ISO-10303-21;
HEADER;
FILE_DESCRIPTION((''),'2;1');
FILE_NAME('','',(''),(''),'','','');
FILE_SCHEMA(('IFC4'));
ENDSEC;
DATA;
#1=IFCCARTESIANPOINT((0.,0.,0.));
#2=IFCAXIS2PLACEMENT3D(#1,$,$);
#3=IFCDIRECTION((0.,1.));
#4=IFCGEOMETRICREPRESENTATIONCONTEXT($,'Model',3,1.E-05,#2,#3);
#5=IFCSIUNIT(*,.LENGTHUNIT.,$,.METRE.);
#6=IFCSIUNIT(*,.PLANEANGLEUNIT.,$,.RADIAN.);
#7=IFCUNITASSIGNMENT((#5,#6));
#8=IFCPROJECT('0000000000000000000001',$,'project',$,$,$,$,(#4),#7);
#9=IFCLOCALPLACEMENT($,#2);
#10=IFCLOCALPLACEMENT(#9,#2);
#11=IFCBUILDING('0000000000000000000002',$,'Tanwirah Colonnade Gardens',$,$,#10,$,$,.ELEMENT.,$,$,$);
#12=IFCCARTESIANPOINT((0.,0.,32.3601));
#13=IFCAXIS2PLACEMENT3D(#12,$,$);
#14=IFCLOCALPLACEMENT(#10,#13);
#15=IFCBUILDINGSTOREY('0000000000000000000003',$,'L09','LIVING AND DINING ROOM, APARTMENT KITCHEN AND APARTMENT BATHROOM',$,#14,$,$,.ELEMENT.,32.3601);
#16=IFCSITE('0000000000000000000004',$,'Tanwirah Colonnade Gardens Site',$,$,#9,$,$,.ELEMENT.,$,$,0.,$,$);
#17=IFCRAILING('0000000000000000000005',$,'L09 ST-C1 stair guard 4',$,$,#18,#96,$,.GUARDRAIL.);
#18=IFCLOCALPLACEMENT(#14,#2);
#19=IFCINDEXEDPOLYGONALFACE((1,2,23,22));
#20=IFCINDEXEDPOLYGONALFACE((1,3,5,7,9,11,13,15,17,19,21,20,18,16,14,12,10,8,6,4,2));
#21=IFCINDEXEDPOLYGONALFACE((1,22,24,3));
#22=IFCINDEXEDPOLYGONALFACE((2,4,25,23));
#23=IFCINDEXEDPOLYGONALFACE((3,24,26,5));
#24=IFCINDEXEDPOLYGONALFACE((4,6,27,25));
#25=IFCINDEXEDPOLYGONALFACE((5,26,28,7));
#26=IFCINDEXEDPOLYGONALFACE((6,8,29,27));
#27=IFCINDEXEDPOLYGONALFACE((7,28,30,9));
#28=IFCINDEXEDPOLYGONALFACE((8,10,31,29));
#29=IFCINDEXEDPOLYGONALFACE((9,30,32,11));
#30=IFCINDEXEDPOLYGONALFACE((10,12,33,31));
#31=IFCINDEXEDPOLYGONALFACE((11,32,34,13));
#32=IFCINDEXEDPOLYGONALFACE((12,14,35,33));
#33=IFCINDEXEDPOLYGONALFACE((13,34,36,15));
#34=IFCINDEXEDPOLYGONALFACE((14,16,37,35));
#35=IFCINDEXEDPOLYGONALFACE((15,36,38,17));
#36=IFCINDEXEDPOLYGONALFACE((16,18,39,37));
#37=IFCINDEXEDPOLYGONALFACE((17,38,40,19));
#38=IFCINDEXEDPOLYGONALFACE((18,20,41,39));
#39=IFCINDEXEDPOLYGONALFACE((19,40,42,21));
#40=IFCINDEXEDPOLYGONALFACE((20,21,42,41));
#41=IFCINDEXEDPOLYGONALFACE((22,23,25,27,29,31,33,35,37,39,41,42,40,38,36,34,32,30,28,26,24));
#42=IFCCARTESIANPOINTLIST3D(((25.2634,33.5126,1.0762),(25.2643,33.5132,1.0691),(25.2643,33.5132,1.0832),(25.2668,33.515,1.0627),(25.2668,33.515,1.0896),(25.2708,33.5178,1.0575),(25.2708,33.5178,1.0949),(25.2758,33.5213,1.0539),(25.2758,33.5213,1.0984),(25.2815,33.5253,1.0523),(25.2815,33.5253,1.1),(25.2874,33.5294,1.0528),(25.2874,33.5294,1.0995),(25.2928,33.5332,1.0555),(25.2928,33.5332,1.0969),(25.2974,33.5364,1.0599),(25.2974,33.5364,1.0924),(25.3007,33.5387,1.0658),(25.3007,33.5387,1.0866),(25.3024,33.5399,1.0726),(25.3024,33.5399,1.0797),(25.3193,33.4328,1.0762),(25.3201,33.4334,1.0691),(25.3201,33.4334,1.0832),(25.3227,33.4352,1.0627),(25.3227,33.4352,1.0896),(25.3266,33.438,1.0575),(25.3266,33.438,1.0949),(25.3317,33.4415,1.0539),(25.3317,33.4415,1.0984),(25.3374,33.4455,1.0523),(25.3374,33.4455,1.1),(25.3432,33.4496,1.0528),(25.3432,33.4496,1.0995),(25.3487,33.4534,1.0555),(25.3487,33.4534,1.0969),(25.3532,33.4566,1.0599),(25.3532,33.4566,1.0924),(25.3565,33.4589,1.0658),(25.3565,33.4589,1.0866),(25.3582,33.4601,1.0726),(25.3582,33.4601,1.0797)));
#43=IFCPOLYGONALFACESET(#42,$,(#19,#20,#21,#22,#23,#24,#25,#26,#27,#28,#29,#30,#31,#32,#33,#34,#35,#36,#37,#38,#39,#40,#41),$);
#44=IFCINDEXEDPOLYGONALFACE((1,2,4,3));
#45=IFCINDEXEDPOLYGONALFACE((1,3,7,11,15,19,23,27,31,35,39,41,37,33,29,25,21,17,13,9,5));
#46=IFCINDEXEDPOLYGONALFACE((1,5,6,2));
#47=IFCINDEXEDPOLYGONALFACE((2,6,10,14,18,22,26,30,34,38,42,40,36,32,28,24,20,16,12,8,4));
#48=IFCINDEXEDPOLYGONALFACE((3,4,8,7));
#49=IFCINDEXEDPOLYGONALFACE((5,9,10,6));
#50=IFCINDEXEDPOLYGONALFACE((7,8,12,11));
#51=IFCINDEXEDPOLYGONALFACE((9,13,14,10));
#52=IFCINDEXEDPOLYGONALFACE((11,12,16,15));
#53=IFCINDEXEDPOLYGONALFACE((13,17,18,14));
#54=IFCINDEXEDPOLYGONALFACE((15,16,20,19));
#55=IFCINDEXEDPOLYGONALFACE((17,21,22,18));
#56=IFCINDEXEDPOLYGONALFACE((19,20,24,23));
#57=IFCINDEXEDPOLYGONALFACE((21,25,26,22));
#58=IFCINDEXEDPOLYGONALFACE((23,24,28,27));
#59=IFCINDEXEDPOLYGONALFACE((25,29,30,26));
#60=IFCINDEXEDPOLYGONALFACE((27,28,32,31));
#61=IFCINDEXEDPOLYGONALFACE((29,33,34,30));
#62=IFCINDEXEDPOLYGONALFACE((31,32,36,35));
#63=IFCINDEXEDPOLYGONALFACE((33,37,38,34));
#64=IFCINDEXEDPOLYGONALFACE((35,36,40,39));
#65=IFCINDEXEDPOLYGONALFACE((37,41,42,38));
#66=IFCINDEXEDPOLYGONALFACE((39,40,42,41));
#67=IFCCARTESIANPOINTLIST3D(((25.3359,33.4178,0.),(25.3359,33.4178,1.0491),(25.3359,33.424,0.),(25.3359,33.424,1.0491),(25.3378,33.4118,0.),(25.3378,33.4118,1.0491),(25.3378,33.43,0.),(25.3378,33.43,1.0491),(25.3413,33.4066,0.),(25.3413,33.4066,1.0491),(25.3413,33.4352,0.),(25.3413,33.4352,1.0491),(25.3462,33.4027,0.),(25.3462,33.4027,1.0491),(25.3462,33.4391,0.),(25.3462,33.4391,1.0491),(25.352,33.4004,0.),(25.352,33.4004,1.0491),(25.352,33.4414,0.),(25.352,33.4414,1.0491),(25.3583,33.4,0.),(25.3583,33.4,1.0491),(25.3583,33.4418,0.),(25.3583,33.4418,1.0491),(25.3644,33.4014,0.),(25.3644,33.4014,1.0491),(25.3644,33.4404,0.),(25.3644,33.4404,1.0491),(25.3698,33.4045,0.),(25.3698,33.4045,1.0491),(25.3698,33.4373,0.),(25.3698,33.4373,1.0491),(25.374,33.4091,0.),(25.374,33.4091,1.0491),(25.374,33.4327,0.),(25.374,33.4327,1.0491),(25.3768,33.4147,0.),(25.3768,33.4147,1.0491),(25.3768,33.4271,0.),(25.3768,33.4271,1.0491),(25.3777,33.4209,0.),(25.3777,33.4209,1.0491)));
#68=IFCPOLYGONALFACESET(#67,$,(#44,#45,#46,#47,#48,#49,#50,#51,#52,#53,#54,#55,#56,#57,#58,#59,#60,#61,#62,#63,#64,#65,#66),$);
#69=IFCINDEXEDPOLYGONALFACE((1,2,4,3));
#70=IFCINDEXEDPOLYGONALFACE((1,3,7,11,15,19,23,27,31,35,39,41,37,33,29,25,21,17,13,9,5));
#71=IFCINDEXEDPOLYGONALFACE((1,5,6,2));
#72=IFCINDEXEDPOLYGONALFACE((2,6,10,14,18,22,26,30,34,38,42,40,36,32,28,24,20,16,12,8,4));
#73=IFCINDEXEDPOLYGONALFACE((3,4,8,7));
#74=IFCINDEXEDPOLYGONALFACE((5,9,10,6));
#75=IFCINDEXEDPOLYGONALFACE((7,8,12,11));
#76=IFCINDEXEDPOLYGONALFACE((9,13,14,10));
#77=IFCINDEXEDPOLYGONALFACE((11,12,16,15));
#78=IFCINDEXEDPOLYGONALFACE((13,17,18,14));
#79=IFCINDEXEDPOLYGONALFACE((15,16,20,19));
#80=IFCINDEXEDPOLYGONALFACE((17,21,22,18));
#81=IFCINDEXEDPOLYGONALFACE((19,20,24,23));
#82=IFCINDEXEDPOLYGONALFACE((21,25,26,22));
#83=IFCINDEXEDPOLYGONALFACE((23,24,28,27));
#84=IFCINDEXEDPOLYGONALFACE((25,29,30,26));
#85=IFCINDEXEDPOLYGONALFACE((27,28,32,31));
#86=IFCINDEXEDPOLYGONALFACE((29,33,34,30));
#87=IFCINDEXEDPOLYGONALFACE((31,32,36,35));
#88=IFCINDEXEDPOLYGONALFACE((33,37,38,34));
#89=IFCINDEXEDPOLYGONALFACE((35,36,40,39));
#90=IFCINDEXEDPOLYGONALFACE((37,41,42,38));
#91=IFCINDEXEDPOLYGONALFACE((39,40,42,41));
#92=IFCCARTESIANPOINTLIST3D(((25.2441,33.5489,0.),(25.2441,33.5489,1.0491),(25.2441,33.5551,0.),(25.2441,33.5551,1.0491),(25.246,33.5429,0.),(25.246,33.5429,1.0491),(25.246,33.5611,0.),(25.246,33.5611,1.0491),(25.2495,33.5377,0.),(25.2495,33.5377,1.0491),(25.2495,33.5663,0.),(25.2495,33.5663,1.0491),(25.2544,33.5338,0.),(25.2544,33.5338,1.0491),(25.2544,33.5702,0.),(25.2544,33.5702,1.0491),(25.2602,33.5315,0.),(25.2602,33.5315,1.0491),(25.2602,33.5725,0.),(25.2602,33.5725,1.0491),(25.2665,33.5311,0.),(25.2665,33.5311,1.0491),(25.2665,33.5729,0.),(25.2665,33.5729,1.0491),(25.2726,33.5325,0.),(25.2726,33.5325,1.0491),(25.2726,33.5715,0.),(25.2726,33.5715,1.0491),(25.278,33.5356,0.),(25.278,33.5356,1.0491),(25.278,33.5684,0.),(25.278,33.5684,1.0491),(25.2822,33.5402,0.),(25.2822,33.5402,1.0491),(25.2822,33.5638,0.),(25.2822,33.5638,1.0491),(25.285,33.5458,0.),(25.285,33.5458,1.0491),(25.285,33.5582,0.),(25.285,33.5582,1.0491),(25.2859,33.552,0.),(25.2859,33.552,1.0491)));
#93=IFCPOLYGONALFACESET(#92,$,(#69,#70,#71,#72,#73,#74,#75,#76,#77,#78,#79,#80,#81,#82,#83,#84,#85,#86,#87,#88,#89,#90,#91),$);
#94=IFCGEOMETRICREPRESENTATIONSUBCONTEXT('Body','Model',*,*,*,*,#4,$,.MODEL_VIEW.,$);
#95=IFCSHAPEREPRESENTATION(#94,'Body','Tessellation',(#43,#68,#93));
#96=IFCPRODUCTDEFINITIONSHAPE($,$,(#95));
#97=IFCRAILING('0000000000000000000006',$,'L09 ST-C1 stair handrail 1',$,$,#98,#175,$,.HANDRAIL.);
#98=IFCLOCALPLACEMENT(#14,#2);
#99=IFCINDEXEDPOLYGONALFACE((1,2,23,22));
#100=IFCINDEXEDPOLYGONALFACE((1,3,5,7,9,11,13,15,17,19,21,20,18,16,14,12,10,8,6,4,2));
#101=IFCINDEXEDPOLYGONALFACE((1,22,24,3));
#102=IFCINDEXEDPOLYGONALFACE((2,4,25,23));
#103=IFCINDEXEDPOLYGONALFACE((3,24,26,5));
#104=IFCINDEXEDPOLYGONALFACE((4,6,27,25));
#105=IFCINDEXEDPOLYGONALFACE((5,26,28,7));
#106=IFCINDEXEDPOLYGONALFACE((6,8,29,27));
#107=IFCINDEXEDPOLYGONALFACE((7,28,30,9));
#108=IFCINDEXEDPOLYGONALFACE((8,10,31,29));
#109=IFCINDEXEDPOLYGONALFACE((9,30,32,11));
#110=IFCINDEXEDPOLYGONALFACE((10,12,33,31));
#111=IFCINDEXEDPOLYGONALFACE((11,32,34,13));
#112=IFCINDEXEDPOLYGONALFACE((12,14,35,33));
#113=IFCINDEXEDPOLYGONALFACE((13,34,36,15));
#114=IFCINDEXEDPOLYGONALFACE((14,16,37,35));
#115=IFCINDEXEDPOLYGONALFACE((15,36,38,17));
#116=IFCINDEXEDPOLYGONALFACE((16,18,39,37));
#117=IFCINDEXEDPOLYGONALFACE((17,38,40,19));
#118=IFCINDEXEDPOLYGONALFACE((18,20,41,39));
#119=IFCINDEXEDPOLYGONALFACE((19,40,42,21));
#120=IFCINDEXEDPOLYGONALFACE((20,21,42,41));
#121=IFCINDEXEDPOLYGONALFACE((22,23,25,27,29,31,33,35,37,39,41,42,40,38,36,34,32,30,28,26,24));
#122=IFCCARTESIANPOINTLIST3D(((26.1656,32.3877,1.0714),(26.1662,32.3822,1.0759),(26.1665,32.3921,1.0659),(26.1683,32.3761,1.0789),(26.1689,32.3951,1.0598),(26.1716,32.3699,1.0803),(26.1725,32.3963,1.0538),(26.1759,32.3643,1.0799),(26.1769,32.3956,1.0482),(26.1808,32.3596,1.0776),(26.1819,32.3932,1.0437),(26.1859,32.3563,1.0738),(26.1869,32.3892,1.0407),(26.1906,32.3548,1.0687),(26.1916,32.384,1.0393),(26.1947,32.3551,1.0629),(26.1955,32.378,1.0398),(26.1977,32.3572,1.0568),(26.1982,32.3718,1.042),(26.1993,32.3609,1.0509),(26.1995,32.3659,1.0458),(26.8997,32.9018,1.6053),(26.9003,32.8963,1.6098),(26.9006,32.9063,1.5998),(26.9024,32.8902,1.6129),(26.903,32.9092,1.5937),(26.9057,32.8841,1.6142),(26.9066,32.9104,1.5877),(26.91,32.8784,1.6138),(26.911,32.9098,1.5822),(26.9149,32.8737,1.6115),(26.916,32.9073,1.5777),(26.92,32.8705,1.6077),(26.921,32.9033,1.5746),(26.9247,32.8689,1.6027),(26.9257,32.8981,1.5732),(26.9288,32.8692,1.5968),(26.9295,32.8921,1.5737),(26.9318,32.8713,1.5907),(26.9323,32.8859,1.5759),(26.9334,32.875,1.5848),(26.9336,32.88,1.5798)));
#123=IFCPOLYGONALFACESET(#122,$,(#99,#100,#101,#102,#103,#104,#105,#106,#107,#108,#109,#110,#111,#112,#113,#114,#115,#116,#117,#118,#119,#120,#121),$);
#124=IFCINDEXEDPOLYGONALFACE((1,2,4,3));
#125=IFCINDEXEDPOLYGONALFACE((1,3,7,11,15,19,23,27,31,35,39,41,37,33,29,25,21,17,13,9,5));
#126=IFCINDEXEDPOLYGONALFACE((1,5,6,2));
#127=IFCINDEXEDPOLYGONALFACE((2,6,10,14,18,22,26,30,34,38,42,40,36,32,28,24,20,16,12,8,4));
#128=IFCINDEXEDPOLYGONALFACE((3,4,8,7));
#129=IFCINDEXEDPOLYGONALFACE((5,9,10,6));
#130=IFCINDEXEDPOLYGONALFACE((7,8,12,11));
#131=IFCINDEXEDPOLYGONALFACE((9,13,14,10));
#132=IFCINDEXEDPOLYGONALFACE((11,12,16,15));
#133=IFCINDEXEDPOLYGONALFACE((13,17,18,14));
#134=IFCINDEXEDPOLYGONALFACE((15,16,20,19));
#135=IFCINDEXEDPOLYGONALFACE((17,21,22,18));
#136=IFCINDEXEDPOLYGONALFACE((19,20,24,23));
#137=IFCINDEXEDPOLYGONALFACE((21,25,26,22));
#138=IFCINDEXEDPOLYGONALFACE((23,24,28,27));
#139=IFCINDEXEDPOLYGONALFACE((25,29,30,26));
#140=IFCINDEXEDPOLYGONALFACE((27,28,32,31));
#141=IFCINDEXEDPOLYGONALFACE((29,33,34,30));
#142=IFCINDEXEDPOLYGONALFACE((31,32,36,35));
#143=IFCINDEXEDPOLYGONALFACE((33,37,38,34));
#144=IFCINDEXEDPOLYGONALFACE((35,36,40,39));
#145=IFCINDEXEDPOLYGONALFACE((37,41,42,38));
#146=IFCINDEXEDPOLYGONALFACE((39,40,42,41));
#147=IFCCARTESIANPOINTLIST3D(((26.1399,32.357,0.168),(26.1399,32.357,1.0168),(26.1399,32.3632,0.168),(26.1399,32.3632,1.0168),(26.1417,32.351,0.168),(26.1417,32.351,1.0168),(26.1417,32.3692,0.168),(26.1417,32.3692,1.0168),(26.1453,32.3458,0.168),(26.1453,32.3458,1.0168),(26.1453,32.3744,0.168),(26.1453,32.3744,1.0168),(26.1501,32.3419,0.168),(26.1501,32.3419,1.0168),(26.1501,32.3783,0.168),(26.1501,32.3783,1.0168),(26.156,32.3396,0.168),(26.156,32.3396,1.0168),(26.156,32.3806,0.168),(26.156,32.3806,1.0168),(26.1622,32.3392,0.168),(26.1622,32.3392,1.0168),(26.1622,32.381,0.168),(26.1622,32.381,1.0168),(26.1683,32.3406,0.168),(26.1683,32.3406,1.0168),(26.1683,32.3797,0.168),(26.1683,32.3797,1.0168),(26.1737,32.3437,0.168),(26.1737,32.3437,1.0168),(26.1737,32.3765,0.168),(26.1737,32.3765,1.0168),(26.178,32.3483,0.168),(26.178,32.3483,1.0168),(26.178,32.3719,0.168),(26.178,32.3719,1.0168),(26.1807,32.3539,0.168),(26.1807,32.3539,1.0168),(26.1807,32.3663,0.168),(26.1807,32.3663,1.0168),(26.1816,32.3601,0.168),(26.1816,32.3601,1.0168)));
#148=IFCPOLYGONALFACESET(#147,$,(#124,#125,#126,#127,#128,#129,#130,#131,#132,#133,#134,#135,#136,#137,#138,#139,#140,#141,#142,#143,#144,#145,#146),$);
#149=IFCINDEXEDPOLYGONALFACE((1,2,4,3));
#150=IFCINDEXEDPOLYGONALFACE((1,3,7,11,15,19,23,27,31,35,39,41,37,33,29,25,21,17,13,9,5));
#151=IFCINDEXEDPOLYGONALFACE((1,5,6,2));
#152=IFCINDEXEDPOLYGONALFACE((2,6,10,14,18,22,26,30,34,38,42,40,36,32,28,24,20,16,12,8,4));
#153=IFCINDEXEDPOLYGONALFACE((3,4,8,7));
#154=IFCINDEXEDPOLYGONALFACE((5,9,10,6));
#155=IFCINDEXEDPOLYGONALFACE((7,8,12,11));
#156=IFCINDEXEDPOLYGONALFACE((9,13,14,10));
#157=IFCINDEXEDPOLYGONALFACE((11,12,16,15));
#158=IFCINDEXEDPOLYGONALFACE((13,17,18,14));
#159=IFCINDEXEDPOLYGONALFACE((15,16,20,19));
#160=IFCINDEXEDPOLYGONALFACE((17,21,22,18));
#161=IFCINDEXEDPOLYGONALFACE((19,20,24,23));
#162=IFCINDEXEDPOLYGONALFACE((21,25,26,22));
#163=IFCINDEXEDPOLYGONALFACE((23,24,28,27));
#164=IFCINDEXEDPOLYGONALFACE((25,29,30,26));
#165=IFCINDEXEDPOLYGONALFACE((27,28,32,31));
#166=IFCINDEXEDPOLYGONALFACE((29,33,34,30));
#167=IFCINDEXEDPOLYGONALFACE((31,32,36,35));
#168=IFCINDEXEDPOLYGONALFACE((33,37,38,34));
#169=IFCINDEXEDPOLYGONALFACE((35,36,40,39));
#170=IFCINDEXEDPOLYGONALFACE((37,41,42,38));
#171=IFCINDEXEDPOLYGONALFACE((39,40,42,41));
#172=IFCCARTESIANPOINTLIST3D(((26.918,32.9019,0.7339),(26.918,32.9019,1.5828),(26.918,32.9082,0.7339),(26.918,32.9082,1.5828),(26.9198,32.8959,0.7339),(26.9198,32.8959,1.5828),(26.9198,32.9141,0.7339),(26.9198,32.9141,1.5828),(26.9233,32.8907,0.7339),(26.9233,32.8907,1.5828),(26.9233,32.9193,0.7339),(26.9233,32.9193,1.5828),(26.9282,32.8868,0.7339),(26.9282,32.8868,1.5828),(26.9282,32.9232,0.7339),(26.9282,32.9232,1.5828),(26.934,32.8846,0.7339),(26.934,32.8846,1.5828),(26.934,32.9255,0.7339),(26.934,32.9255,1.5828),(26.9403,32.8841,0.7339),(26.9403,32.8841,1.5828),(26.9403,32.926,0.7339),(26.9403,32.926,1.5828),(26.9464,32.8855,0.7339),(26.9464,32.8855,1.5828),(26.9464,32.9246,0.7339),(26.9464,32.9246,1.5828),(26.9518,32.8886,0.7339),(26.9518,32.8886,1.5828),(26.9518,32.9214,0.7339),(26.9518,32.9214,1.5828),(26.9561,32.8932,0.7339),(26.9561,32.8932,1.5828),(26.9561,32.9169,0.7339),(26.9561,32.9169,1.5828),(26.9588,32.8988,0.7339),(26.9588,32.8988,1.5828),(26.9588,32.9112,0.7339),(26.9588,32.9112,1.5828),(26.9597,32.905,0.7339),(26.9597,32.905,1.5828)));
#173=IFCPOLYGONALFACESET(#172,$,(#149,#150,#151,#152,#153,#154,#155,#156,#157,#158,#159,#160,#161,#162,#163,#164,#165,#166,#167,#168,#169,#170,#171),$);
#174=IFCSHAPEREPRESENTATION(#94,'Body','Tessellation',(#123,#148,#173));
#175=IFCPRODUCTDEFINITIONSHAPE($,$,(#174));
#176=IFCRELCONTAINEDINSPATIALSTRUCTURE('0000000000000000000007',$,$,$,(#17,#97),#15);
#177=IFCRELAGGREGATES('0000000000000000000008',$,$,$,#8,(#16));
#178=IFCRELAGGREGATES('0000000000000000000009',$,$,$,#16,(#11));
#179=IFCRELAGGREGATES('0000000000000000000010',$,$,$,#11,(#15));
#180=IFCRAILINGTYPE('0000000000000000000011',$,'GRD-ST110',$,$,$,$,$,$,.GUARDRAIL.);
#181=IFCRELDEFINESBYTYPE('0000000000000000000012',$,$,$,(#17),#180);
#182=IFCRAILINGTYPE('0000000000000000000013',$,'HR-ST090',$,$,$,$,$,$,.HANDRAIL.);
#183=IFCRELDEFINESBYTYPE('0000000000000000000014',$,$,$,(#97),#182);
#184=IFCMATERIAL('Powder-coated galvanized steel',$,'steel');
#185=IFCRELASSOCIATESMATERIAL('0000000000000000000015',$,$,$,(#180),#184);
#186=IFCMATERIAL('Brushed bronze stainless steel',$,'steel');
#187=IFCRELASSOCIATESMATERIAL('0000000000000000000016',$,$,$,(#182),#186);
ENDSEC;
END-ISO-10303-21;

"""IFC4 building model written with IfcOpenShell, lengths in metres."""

from ifc_helpers import new_model, si_unit, direction, frame, origin, origin_2d, place, context, subcontext, project, spatial, circle, extrude, material, type_object, element, save


model = new_model("IFC4")

# Units and contexts
model_context = context("Model", 3, precision=1e-05, world=origin(), true_north=direction((0.0, 1.0)))
body_context = subcontext(model_context, "Body", "Model", "MODEL_VIEW")
ifc_project = project(units=[si_unit("LENGTHUNIT", "METRE"), si_unit("PLANEANGLEUNIT", "RADIAN")], contexts=[model_context])

# Site, building, storey
site_placement = place(None, origin())
site = spatial("IfcSite", under=ifc_project, at=site_placement, Name="Tanwirah Colonnade Gardens Site", CompositionType="ELEMENT", RefElevation=0.0)
building_placement = place(site_placement, origin())
building = spatial("IfcBuilding", under=site, at=building_placement, Name="Tanwirah Colonnade Gardens", CompositionType="ELEMENT")
storey_placement = place(building_placement, frame((0.0, 0.0, 32.3601)))
storey = spatial("IfcBuildingStorey", under=building, at=storey_placement, Name="L09", Description="LIVING AND DINING ROOM, APARTMENT KITCHEN AND APARTMENT BATHROOM", CompositionType="ELEMENT", Elevation=32.3601)

# Railings
ifc_material_1 = material(Name="Powder-coated galvanized steel", Category="steel")
railing_type_1 = type_object("IfcRailingType", Name="GRD-ST110", PredefinedType="GUARDRAIL", material=ifc_material_1)
railing_1_placement = place(storey_placement, frame((25.3567, 33.4209, 0.0)))
element("IfcRailing", 1, at=railing_1_placement, inside=storey, type_object=railing_type_1, Name="L09 ST-C1 stair guard 4", PredefinedType="GUARDRAIL", context=body_context, shape_type="SweptSolid", body=[
    extrude(circle(Radius=0.0239, at=origin_2d()), frame((-0.0178, 0.0256, 1.0762), z_axis=(-0.573565, 0.81916, 0.0), x_axis=(-0.81916, -0.573565, 0.0)), (0.0, 0.0, 1.0), 0.0974),
    extrude(circle(Radius=0.021, at=origin_2d()), origin(), (0.0, 0.0, 1.0), 1.0491),
    extrude(circle(Radius=0.021, at=origin_2d()), frame((-0.0918, 0.1311, 0.0)), (0.0, 0.0, 1.0), 1.0491),
])
ifc_material_2 = material(Name="Brushed bronze stainless steel", Category="steel")
railing_type_2 = type_object("IfcRailingType", Name="HR-ST090", PredefinedType="HANDRAIL", material=ifc_material_2)
railing_2_placement = place(storey_placement, frame((26.1606, 32.3601, 0.168)))
element("IfcRailing", 2, at=railing_2_placement, inside=storey, type_object=railing_type_2, Name="L09 ST-C1 stair handrail 1", PredefinedType="HANDRAIL", context=body_context, shape_type="SweptSolid", body=[
    extrude(circle(Radius=0.0239, at=origin_2d()), frame((0.022, 0.0154, 0.8918), z_axis=(0.703686, 0.492823, 0.511812), x_axis=(-0.573652, 0.819099, 0.0)), (0.0, 0.0, 1.0), 1.0432),
    extrude(circle(Radius=0.021, at=origin_2d()), origin(), (0.0, 0.0, 1.0), 0.8489),
    extrude(circle(Radius=0.021, at=origin_2d()), frame((0.7781, 0.5449, 0.5659)), (0.0, 0.0, 1.0), 0.8489),
])

save(model, "model.ifc")
